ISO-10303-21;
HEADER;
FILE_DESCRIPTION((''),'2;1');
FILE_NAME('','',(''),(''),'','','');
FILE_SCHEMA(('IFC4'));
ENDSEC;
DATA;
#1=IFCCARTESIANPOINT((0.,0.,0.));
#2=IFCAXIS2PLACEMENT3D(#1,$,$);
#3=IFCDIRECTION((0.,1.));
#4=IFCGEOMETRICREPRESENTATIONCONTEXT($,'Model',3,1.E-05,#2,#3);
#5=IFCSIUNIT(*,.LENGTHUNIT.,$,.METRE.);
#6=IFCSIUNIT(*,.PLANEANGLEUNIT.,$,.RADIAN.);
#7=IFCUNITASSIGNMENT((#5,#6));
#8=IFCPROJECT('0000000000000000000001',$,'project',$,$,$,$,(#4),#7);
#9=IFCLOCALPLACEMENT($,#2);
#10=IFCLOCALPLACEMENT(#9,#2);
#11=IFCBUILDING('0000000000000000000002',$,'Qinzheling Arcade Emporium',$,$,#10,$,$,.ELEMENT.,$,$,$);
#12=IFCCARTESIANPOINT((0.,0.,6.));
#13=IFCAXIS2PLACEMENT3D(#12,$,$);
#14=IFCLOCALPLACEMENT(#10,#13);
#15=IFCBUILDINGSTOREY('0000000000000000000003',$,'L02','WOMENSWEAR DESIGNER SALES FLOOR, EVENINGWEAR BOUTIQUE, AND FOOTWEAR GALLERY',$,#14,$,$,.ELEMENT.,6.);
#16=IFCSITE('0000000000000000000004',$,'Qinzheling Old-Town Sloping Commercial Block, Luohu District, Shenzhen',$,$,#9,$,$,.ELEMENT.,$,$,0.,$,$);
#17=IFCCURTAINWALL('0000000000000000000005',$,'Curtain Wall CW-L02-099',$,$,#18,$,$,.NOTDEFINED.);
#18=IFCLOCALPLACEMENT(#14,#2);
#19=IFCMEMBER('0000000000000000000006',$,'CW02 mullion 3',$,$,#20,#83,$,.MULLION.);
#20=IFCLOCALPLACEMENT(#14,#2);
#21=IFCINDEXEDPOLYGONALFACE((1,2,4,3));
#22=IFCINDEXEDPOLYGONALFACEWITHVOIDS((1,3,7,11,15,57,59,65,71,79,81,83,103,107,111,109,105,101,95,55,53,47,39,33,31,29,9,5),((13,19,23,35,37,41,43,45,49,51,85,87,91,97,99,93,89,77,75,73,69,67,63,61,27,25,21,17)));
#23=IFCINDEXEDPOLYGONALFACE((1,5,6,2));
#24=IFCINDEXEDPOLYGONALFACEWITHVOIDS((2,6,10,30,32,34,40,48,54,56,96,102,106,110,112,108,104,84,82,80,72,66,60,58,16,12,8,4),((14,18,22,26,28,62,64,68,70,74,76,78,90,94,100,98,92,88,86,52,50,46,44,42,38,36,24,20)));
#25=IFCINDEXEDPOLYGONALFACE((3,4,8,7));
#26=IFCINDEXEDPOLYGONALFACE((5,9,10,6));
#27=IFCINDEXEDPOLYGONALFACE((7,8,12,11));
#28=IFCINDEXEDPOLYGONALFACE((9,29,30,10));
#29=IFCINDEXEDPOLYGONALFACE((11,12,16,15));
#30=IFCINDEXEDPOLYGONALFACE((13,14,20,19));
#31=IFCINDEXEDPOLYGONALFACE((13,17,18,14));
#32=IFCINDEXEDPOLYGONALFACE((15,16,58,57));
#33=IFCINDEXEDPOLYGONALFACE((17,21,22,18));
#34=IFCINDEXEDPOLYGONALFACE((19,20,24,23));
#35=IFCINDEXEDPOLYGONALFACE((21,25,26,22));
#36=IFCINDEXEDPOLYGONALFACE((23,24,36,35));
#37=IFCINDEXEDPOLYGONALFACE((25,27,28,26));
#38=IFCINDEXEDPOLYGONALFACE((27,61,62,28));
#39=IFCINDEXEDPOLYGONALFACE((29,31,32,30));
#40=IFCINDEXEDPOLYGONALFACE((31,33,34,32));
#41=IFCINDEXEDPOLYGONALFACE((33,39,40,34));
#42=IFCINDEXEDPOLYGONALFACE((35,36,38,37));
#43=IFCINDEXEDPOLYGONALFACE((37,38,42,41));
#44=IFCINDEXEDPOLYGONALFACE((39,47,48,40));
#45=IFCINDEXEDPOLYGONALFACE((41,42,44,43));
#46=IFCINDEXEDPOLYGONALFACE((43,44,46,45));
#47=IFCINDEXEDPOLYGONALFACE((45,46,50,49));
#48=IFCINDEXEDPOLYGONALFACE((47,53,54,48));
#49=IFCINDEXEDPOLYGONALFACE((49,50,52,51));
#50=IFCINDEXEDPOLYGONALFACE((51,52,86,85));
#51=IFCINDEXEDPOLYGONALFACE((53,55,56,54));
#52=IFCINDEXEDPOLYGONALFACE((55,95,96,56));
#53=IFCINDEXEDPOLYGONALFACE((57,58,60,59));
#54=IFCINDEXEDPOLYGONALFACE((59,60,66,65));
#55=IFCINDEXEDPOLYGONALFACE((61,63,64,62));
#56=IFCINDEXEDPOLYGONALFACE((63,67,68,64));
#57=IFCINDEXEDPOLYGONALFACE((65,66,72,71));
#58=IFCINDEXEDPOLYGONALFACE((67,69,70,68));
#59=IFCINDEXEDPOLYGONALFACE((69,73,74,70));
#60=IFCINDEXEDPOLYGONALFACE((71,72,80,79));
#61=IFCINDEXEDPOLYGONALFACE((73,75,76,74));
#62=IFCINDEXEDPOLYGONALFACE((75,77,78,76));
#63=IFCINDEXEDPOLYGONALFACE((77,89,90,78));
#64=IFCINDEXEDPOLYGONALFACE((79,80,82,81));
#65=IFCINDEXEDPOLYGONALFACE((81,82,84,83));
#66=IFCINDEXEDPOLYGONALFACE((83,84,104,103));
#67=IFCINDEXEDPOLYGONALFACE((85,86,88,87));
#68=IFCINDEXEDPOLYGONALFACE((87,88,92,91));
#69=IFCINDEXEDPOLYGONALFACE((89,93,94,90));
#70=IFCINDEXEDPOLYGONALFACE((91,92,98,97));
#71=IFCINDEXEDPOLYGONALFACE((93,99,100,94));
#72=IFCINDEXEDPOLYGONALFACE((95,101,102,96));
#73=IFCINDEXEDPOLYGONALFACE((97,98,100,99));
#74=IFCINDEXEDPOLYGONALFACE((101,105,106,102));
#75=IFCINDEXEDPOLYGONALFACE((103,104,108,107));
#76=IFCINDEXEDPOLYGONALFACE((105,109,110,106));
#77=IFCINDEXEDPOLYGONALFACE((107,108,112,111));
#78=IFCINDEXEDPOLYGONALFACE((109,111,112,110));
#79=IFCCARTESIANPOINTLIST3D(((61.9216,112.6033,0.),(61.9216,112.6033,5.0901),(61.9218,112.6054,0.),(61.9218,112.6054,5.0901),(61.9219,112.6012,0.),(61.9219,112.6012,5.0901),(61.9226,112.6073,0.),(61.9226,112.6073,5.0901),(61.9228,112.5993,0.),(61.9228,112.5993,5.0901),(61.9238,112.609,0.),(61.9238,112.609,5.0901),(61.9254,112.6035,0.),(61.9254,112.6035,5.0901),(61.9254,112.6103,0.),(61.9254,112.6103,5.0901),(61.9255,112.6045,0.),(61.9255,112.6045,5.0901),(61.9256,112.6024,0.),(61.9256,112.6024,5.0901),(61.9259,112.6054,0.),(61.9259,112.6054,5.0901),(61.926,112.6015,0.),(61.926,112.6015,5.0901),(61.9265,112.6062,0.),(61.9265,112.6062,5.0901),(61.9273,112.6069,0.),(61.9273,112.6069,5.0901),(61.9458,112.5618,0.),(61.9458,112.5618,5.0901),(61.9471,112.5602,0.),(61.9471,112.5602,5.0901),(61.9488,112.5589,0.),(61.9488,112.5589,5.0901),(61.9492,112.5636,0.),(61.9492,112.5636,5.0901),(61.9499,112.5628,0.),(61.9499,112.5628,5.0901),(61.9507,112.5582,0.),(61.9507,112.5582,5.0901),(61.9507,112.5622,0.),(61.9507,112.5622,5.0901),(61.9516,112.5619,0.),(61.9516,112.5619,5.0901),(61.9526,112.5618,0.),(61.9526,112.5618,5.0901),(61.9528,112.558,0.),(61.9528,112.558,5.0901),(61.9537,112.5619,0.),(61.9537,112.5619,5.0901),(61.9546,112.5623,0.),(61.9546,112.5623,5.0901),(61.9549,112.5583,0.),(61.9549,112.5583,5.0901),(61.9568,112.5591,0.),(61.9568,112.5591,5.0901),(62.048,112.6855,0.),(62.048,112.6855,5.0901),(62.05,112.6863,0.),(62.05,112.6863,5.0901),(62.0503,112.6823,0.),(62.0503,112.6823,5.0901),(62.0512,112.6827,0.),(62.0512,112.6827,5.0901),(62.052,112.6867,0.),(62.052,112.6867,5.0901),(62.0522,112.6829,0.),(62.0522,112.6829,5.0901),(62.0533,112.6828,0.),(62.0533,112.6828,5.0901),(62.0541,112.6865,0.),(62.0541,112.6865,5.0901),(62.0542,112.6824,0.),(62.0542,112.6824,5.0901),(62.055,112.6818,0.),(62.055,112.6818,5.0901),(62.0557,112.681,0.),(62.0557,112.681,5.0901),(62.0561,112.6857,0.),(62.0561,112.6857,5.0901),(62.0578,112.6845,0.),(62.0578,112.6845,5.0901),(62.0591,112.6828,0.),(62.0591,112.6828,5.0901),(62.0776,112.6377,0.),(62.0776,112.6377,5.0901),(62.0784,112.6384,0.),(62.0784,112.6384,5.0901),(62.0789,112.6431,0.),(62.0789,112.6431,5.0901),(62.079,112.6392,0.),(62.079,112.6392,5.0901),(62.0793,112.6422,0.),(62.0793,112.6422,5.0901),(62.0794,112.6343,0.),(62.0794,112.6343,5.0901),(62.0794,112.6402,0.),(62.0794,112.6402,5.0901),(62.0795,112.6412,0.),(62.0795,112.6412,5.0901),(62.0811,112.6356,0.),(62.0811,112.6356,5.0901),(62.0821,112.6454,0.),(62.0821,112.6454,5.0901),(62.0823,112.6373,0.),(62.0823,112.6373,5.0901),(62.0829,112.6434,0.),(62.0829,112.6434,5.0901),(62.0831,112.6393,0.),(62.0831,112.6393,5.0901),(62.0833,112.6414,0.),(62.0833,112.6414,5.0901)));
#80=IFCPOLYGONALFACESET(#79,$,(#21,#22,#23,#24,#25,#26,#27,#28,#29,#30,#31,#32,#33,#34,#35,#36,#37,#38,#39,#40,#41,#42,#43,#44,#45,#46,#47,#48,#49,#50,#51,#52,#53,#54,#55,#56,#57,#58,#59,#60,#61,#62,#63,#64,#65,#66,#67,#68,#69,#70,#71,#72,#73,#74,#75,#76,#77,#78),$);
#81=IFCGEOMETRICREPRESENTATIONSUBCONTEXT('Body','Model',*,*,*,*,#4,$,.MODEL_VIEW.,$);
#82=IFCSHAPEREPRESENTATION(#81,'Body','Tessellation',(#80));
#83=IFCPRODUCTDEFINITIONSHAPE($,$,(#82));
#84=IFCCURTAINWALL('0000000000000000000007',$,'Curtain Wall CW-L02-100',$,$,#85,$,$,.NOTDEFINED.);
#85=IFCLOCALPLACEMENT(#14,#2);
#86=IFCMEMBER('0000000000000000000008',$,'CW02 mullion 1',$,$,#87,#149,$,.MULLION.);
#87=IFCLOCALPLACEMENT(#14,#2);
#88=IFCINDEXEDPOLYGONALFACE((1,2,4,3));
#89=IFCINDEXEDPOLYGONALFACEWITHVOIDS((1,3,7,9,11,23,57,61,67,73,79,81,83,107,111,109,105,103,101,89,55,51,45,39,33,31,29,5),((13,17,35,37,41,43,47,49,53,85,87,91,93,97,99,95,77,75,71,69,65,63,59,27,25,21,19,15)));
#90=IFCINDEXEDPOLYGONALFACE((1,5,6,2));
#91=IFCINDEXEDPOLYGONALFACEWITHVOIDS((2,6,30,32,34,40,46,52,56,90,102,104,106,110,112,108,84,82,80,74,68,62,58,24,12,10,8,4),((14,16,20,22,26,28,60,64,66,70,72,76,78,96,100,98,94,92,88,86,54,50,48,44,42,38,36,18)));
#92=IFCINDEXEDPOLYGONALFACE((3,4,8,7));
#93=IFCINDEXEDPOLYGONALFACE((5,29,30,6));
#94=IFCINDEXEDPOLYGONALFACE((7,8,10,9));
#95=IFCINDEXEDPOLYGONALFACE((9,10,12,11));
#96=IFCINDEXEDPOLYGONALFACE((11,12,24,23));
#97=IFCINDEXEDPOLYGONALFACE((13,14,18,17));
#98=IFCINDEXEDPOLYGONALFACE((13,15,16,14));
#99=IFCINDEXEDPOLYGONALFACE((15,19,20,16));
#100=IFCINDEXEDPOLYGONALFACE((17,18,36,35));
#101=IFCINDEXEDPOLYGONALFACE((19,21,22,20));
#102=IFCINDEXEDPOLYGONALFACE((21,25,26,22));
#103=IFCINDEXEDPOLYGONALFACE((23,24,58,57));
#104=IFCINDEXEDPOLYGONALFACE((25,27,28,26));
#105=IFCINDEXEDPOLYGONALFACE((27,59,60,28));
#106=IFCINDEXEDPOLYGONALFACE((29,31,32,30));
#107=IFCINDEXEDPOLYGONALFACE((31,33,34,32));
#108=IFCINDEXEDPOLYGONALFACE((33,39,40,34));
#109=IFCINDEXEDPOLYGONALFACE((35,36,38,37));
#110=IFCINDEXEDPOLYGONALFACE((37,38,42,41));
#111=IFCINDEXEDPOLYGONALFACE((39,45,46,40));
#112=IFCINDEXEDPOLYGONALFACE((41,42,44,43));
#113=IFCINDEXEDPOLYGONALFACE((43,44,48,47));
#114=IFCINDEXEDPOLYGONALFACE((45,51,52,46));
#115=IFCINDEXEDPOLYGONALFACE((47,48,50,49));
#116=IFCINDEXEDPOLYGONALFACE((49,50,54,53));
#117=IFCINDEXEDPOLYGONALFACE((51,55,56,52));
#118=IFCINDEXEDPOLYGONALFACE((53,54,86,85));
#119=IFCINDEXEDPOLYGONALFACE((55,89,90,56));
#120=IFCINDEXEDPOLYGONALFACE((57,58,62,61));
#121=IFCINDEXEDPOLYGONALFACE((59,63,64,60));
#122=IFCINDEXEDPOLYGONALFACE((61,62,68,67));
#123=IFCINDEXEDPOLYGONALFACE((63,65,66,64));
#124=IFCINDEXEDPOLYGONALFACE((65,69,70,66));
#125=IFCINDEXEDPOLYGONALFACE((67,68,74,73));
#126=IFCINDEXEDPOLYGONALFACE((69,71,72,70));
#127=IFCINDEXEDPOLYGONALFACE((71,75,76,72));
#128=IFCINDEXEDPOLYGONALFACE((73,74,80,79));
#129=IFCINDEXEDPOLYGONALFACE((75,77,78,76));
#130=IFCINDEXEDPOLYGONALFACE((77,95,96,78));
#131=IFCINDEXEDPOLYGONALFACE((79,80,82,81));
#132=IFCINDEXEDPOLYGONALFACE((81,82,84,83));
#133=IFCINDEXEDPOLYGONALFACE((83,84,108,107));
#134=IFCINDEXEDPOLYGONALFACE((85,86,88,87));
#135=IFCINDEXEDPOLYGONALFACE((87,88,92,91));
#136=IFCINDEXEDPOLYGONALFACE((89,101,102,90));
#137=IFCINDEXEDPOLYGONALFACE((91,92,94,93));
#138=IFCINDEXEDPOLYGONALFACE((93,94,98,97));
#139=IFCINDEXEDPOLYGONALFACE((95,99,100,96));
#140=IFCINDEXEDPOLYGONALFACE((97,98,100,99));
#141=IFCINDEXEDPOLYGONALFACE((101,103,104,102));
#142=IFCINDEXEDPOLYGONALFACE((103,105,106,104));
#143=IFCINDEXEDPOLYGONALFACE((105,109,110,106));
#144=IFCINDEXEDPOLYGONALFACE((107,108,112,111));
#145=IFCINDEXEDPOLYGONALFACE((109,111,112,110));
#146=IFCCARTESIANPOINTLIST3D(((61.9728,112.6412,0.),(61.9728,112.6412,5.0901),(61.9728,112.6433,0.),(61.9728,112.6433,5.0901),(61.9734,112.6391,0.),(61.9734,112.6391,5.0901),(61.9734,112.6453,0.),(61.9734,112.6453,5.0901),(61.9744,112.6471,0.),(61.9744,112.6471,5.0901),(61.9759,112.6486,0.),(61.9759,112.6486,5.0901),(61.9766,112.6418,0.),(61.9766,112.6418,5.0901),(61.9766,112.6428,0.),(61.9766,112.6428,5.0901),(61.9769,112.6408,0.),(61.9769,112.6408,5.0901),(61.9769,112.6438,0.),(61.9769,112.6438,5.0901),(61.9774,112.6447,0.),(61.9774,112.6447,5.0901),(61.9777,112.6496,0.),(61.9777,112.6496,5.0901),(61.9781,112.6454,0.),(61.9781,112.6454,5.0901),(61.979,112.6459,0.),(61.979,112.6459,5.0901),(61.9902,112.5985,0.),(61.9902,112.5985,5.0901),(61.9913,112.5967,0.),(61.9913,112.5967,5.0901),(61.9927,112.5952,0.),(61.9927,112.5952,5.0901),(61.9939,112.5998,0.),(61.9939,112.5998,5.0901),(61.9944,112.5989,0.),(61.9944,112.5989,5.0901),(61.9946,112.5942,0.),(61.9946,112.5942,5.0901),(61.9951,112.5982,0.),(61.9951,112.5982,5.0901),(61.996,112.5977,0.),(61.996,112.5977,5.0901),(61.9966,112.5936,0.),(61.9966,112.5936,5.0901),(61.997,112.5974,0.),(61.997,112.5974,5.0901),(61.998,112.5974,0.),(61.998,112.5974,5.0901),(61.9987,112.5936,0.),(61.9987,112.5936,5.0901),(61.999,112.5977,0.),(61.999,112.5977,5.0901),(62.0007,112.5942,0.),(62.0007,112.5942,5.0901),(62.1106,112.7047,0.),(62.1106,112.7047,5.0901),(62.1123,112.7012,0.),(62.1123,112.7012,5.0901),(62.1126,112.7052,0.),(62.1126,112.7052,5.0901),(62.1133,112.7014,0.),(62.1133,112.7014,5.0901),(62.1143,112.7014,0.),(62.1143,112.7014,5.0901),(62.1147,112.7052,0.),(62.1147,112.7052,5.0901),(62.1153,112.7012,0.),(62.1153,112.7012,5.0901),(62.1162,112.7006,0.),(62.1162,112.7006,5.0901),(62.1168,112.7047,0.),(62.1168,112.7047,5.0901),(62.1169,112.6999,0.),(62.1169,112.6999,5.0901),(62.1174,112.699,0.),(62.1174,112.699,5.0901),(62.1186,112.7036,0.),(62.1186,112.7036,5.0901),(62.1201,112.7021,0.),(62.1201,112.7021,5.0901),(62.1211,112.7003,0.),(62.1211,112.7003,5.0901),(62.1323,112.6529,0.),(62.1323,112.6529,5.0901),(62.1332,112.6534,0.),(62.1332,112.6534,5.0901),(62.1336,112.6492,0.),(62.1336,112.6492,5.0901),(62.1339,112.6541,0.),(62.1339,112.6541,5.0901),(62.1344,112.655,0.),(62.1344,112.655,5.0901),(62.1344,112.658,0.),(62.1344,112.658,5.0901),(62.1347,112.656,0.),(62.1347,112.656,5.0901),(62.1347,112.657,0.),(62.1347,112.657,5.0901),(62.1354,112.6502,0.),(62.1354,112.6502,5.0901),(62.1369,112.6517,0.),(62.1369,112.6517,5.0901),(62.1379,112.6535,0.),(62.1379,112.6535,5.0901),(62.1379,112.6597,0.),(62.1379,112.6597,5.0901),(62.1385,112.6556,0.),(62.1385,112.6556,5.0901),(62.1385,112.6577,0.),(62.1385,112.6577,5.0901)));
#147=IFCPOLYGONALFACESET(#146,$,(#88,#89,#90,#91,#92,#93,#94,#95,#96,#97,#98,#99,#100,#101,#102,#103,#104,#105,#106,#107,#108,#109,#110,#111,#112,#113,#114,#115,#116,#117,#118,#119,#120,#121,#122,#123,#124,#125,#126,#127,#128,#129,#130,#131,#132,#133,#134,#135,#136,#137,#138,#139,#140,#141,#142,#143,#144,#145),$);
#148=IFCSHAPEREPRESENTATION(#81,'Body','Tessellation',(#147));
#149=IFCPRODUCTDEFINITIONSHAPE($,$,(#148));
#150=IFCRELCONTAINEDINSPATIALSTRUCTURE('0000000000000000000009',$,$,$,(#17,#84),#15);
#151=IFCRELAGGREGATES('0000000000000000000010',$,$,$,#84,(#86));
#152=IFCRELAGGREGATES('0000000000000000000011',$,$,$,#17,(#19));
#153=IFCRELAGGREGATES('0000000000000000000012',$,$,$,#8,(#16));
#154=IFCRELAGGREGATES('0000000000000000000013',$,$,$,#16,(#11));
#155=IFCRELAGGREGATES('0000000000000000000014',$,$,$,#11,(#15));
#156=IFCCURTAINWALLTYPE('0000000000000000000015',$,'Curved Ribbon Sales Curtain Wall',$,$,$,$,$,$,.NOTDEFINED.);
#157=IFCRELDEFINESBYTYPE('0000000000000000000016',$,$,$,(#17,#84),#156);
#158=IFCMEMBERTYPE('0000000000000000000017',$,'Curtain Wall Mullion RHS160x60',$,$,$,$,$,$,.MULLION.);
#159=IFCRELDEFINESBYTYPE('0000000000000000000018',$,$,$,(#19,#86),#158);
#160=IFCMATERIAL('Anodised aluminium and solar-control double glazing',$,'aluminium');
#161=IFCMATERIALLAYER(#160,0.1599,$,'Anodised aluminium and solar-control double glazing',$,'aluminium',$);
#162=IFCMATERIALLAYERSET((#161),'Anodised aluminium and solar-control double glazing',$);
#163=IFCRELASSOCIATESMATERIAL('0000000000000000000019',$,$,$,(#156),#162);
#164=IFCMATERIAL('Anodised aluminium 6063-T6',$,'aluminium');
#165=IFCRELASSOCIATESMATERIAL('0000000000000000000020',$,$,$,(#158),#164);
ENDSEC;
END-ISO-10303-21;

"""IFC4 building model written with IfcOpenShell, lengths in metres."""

from ifc_helpers import new_model, si_unit, direction, frame, origin, origin_2d, place, context, subcontext, project, spatial, hollow_rectangle, extrude, material, layer, layer_set, material_profile, profile_set, type_object, element, aggregate, save


model = new_model("IFC4")

# Units and contexts
model_context = context("Model", 3, precision=1e-05, world=origin(), true_north=direction((0.0, 1.0)))
body_context = subcontext(model_context, "Body", "Model", "MODEL_VIEW")
ifc_project = project(units=[si_unit("LENGTHUNIT", "METRE"), si_unit("PLANEANGLEUNIT", "RADIAN")], contexts=[model_context])

# Site, building, storey
site_placement = place(None, origin())
site = spatial("IfcSite", under=ifc_project, at=site_placement, Name="Qinzheling Old-Town Sloping Commercial Block, Luohu District, Shenzhen", CompositionType="ELEMENT", RefElevation=0.0)
building_placement = place(site_placement, origin())
building = spatial("IfcBuilding", under=site, at=building_placement, Name="Qinzheling Arcade Emporium", CompositionType="ELEMENT")
storey_placement = place(building_placement, frame((0.0, 0.0, 6.0)))
storey = spatial("IfcBuildingStorey", under=building, at=storey_placement, Name="L02", Description="WOMENSWEAR DESIGNER SALES FLOOR, EVENINGWEAR BOUTIQUE, AND FOOTWEAR GALLERY", CompositionType="ELEMENT", Elevation=6.0)

# Curtain wall, member
ifc_material_1 = material(Name="Anodised aluminium and solar-control double glazing", Category="aluminium")
ifc_layer_1 = layer(ifc_material_1, 0.1599, Name="Anodised aluminium and solar-control double glazing", Category="aluminium")
ifc_layer_set_1 = layer_set([ifc_layer_1], Name="Anodised aluminium and solar-control double glazing")
curtain_wall_type = type_object("IfcCurtainWallType", Name="Curved Ribbon Sales Curtain Wall", PredefinedType="NOTDEFINED", material=ifc_layer_set_1)
curtain_wall_1_placement = place(storey_placement, origin())
curtain_wall_1 = element("IfcCurtainWall", 1, at=curtain_wall_1_placement, inside=storey, type_object=curtain_wall_type, Name="Curtain Wall CW-L02-099", PredefinedType="NOTDEFINED")
ifc_material_2 = material(Name="Anodised aluminium 6063-T6", Category="aluminium")
ifc_material_profile_1 = material_profile(ifc_material_2, hollow_rectangle(XDim=0.0601, YDim=0.1599, WallThickness=0.0039, InnerFilletRadius=0.0039, OuterFilletRadius=0.0081, at=origin_2d()), Name="RHS 160x60x4", Category="aluminium")
ifc_profile_set_1 = profile_set([ifc_material_profile_1], Name="Anodised aluminium 6063-T6")
member_type_1 = type_object("IfcMemberType", Name="Curtain Wall Mullion RHS160x60", PredefinedType="MULLION", material=ifc_profile_set_1)
member_1_placement = place(storey_placement, frame((62.0024, 112.6223, 0.0), z_axis=(0.0, 0.0, 1.0), x_axis=(-0.522595, 0.852581, 0.0)))
member_1 = element("IfcMember", 2, at=member_1_placement, type_object=member_type_1, Name="CW02 mullion 3", PredefinedType="MULLION", context=body_context, shape_type="SweptSolid", body=[
    extrude(hollow_rectangle(XDim=0.0601, YDim=0.1599, WallThickness=0.0039, InnerFilletRadius=0.0039, OuterFilletRadius=0.0081, at=origin_2d()), origin(), (0.0, 0.0, 1.0), 5.0901),
])

# Curtain wall, member
curtain_wall_2_placement = place(storey_placement, origin())
curtain_wall_2 = element("IfcCurtainWall", 3, at=curtain_wall_2_placement, inside=storey, type_object=curtain_wall_type, Name="Curtain Wall CW-L02-100", PredefinedType="NOTDEFINED")
member_2_placement = place(storey_placement, frame((62.0557, 112.6494, 0.0), z_axis=(0.0, 0.0, 1.0), x_axis=(-0.382654, 0.923892, 0.0)))
member_2 = element("IfcMember", 4, at=member_2_placement, type_object=member_type_1, Name="CW02 mullion 1", PredefinedType="MULLION", context=body_context, shape_type="SweptSolid", body=[
    extrude(hollow_rectangle(XDim=0.0601, YDim=0.1599, WallThickness=0.0039, InnerFilletRadius=0.0039, OuterFilletRadius=0.0081, at=origin_2d()), origin(), (0.0, 0.0, 1.0), 5.0901),
])

aggregate(curtain_wall_2, [member_2])

aggregate(curtain_wall_1, [member_1])

save(model, "model.ifc")
